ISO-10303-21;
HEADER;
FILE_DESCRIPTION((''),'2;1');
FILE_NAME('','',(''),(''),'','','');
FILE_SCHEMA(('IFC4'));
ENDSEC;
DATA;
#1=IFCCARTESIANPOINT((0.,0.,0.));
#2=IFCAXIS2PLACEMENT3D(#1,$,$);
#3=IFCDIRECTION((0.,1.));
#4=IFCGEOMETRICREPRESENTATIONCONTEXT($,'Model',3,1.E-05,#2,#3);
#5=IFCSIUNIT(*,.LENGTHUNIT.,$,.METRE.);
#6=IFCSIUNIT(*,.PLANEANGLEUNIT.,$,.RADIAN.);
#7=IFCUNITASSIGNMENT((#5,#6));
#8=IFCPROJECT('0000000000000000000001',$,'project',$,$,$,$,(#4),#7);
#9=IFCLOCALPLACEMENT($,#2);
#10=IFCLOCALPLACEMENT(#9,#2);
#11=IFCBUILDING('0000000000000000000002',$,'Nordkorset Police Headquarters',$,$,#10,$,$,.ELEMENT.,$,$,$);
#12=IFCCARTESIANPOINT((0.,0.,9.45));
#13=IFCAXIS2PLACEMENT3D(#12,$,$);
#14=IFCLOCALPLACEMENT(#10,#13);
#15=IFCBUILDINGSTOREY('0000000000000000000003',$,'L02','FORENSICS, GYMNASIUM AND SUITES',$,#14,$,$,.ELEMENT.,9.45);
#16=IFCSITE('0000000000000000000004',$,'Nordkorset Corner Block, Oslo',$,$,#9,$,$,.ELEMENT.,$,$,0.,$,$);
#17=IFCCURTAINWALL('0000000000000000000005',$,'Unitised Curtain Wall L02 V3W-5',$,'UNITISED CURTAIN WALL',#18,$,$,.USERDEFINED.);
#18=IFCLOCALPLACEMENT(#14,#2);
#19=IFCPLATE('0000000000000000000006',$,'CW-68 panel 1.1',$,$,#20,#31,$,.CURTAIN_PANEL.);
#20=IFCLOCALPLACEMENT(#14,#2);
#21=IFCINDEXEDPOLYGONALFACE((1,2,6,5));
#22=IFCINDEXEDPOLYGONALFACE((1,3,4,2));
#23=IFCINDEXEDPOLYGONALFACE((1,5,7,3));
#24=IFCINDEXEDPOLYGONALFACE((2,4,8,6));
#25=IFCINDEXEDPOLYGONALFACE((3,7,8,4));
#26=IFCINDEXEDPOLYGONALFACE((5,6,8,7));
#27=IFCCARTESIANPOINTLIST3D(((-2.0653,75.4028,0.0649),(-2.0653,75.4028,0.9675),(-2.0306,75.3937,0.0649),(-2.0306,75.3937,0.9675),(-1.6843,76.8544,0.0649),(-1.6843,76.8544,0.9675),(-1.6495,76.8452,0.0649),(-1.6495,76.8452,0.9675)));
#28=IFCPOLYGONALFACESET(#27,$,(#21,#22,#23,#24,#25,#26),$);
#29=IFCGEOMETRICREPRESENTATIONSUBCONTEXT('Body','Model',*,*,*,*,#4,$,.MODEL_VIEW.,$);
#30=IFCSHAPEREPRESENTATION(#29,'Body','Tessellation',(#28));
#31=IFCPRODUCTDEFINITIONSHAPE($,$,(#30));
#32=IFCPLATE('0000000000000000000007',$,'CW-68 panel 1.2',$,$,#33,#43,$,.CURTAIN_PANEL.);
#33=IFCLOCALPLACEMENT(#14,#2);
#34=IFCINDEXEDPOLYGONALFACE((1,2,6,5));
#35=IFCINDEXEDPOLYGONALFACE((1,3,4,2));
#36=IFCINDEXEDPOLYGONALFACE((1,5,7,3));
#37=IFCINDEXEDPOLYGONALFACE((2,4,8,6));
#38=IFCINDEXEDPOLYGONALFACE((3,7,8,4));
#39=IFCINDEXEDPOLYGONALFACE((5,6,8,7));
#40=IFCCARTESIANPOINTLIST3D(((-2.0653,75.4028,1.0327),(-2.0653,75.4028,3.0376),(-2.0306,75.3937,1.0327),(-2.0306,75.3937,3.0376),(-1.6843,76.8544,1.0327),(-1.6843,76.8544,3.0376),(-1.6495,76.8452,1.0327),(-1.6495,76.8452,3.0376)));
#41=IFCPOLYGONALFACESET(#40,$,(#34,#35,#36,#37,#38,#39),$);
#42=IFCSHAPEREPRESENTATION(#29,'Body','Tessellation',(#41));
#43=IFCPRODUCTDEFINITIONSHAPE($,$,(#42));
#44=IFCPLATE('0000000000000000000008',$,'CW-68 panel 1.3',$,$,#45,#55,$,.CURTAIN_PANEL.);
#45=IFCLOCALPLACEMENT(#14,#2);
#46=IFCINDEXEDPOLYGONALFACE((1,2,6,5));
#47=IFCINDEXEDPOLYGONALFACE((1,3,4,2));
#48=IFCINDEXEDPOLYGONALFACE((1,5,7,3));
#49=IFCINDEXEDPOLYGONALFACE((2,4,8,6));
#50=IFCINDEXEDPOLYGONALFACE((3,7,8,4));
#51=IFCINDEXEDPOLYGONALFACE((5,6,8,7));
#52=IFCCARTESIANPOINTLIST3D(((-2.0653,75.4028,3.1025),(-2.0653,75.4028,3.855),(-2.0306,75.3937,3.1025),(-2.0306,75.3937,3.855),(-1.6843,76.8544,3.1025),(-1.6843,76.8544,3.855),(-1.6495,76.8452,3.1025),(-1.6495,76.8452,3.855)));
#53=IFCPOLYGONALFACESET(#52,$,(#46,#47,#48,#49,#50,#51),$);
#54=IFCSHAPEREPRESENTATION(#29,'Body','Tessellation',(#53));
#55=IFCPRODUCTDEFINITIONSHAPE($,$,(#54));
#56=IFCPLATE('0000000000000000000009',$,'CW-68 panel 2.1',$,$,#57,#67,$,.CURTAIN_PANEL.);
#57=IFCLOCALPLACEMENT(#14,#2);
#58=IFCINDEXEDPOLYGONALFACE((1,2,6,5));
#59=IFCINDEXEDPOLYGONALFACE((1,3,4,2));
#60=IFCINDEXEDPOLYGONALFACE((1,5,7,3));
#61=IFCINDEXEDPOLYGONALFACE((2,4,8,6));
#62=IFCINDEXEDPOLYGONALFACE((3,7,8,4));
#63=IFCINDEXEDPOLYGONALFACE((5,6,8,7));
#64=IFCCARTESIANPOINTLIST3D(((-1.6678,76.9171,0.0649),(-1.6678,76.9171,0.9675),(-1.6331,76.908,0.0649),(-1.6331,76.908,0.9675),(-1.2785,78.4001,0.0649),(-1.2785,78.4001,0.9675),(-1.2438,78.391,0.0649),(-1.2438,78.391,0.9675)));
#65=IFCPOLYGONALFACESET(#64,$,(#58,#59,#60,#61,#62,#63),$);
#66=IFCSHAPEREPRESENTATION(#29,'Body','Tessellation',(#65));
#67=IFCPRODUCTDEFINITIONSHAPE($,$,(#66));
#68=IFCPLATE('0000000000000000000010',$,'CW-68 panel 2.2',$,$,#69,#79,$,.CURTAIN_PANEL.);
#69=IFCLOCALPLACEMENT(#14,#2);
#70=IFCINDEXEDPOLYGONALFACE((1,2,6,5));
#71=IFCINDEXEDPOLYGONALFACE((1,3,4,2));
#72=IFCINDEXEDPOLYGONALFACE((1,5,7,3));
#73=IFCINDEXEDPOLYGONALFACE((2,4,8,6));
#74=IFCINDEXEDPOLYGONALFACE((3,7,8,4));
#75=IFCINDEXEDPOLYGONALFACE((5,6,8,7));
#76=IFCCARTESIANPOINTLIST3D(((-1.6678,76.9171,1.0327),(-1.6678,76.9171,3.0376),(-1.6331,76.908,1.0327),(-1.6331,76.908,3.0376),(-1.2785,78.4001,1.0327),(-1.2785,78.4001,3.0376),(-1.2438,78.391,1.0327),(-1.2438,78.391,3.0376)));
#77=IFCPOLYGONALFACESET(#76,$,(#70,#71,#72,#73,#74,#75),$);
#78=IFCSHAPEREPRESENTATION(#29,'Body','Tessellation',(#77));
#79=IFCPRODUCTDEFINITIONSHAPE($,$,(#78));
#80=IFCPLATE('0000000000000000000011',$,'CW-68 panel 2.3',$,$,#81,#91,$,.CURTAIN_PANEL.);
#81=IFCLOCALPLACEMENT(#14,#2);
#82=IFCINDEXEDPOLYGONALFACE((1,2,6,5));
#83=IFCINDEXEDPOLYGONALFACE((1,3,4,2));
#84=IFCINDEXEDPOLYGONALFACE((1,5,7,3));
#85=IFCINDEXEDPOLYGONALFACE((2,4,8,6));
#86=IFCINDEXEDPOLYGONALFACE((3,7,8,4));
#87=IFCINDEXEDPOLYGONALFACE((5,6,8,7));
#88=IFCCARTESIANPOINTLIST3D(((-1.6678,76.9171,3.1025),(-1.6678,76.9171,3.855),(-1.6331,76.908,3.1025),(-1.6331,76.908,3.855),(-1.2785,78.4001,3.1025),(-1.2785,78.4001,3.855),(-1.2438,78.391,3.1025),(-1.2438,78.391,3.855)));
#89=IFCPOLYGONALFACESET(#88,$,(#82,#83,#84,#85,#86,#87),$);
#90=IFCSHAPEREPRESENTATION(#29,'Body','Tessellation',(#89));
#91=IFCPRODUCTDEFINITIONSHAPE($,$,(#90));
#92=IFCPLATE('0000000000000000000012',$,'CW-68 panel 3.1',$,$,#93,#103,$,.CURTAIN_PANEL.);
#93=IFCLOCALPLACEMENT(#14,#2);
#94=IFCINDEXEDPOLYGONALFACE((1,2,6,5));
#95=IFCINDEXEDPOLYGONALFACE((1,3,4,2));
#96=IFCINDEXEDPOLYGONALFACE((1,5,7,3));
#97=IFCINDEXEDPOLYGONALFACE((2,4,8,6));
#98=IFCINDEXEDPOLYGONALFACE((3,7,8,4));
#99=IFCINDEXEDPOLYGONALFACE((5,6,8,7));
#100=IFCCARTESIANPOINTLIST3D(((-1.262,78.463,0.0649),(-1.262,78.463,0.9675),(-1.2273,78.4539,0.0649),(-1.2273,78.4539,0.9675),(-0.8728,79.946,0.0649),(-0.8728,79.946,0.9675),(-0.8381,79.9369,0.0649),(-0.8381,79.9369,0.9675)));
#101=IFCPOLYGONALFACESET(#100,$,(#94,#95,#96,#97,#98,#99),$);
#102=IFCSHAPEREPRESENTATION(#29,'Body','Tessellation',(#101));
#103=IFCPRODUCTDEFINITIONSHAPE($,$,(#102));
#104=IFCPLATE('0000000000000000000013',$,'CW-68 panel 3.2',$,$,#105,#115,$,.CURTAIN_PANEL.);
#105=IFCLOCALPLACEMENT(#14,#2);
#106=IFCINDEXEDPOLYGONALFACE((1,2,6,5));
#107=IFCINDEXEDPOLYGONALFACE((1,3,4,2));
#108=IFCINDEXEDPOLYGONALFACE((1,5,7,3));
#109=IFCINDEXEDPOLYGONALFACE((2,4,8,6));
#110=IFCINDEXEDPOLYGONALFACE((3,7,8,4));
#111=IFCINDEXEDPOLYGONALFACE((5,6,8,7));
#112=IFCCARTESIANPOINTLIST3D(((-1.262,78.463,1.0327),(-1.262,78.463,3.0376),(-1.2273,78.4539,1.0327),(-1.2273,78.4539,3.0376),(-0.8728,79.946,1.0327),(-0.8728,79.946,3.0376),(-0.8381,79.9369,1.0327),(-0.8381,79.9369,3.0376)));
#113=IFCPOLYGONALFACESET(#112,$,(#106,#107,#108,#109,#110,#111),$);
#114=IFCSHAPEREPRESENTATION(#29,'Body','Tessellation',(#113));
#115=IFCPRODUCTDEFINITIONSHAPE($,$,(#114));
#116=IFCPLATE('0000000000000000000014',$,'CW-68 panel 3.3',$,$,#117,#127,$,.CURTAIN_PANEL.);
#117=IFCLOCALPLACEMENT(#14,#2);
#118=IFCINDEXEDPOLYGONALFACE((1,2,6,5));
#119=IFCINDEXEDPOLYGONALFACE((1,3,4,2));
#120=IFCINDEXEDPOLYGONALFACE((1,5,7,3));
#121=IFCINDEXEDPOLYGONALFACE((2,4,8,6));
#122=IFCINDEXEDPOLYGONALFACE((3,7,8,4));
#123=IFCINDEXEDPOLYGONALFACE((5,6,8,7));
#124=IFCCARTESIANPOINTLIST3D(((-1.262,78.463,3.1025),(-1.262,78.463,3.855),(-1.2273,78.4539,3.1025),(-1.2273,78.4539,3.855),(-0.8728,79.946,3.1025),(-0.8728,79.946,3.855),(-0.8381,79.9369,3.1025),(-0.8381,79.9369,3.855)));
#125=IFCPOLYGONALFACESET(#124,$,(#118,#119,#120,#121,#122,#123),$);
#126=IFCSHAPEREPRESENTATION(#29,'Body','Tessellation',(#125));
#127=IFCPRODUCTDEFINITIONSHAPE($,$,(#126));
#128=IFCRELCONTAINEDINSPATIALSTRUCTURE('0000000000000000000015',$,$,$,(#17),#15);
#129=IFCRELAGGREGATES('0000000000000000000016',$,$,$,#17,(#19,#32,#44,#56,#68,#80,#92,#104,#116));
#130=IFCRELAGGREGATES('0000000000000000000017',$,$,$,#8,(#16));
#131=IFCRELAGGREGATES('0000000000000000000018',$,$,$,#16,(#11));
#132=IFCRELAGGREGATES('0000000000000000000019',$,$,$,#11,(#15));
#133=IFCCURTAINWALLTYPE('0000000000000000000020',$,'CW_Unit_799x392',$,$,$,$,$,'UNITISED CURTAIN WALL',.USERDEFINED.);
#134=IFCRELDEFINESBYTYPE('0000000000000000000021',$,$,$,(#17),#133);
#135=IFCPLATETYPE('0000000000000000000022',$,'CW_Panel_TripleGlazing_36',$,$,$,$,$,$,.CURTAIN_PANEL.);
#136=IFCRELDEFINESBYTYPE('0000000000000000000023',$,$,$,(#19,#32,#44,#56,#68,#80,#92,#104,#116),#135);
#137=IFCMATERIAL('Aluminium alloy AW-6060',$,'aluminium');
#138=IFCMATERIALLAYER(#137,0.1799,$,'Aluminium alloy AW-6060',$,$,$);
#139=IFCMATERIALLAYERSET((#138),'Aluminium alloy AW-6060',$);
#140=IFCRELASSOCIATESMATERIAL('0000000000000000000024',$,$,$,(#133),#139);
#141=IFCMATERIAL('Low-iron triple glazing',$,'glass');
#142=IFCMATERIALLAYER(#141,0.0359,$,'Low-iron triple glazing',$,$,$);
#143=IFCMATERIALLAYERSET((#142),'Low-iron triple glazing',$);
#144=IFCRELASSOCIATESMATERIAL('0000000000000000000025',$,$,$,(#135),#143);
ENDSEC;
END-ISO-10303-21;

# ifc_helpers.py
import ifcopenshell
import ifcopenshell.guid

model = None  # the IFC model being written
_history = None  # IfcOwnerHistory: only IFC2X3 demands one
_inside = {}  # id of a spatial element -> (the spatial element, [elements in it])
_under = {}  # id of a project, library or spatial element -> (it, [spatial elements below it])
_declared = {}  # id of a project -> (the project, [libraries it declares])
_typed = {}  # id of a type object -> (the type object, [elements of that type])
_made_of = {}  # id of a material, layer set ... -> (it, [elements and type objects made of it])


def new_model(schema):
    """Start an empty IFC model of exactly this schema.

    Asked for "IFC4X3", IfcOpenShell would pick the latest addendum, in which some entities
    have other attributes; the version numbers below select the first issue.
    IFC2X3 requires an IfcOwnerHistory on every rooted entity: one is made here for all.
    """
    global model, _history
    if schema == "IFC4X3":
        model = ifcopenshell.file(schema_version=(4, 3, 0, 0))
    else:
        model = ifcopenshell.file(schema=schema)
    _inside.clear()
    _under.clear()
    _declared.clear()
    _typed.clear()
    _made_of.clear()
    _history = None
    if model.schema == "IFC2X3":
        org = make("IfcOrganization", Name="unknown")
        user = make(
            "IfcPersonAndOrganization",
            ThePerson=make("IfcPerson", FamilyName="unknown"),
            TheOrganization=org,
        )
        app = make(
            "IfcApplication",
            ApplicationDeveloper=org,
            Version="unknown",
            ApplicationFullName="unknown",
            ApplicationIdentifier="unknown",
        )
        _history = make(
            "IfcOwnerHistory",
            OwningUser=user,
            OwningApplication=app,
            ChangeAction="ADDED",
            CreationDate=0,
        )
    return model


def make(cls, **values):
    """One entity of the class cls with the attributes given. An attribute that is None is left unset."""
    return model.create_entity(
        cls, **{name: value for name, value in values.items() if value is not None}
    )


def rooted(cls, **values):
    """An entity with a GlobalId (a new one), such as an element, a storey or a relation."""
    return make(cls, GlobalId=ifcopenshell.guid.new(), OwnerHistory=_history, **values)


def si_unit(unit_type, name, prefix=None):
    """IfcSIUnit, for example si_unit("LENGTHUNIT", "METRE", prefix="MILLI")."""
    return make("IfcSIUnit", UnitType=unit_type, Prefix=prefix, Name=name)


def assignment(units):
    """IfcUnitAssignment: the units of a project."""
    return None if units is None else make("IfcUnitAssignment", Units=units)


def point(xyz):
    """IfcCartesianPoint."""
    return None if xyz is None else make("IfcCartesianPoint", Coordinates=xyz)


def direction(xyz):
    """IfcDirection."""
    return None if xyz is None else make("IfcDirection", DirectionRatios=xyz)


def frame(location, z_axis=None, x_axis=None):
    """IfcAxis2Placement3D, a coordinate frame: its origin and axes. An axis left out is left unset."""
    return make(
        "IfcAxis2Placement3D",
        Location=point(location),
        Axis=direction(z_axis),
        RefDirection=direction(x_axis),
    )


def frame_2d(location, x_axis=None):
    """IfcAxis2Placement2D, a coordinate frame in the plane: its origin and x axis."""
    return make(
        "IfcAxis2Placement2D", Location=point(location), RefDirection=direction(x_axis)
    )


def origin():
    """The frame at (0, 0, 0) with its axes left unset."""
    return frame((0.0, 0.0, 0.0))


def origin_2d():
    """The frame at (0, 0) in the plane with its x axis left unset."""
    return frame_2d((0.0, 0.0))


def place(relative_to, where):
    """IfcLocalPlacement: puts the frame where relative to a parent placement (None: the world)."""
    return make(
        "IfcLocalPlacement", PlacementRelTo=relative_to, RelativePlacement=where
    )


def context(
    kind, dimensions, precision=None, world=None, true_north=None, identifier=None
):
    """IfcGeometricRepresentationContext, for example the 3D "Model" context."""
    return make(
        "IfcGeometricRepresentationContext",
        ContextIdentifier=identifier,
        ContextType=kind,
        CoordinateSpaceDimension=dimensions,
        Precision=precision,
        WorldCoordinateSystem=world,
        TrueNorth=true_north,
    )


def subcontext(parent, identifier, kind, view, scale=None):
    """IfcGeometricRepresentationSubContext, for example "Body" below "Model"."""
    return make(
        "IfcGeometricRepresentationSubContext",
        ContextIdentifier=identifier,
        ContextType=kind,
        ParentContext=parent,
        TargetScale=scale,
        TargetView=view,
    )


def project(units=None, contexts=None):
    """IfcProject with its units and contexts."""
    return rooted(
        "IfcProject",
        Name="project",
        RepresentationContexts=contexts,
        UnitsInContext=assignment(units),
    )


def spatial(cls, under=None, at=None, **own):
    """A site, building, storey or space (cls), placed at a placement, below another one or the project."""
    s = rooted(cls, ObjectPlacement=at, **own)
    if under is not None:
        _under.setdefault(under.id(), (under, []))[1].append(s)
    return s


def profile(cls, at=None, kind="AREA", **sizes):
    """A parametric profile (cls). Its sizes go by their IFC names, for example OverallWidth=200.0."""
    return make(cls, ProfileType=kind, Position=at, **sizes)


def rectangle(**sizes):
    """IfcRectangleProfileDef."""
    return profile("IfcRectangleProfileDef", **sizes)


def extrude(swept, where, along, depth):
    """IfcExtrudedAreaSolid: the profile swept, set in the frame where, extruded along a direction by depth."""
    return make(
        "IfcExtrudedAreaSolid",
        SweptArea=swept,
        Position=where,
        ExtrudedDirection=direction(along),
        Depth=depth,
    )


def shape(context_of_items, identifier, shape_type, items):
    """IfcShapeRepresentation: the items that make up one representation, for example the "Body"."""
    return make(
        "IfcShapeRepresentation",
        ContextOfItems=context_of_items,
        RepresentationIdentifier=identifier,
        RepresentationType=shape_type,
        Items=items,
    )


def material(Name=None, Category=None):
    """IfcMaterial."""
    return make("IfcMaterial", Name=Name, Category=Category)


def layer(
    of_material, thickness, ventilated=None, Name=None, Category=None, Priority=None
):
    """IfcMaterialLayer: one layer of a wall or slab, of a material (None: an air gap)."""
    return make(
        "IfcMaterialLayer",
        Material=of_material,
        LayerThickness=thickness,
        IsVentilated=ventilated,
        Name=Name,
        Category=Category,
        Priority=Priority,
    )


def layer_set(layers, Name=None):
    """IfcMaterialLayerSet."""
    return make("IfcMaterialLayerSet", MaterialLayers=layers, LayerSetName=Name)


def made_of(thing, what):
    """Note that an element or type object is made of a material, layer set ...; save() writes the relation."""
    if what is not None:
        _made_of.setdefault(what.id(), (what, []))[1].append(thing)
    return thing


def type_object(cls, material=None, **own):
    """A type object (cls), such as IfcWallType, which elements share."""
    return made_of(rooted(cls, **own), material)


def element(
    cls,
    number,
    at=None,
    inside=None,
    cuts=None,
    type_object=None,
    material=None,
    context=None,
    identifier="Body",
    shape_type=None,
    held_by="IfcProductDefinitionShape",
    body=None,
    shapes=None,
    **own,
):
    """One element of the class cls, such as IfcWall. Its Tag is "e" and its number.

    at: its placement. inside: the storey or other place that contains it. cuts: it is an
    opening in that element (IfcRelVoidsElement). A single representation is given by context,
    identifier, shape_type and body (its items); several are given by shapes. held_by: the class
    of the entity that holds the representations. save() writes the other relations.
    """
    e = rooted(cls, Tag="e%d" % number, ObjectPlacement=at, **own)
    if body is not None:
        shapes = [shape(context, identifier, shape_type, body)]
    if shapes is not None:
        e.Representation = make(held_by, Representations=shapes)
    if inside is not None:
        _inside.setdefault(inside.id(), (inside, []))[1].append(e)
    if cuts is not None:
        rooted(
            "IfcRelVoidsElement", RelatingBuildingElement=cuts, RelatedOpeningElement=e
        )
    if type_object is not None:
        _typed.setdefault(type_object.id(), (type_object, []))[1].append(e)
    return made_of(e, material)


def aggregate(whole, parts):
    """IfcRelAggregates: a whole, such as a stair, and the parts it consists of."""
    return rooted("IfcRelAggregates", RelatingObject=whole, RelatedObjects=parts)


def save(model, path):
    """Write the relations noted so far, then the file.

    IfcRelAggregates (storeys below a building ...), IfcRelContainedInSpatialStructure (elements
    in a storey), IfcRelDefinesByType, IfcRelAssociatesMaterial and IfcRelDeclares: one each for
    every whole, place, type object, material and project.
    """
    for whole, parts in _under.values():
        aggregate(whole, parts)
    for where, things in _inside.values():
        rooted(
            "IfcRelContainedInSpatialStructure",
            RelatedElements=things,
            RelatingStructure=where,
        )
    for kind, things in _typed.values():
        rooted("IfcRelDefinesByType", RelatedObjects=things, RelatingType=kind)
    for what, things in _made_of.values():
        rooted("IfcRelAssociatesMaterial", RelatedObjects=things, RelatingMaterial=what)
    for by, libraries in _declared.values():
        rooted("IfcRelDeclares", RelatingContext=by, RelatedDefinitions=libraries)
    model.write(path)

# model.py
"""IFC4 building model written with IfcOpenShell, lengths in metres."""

from ifc_helpers import new_model, si_unit, direction, frame, origin, origin_2d, place, context, subcontext, project, spatial, rectangle, extrude, material, layer, layer_set, type_object, element, aggregate, save


model = new_model("IFC4")

# Units and contexts
model_context = context("Model", 3, precision=1e-05, world=origin(), true_north=direction((0.0, 1.0)))
body_context = subcontext(model_context, "Body", "Model", "MODEL_VIEW")
ifc_project = project(units=[si_unit("LENGTHUNIT", "METRE"), si_unit("PLANEANGLEUNIT", "RADIAN")], contexts=[model_context])

# Site, building, storey
site_placement = place(None, origin())
site = spatial("IfcSite", under=ifc_project, at=site_placement, Name="Nordkorset Corner Block, Oslo", CompositionType="ELEMENT", RefElevation=0.0)
building_placement = place(site_placement, origin())
building = spatial("IfcBuilding", under=site, at=building_placement, Name="Nordkorset Police Headquarters", CompositionType="ELEMENT")
storey_placement = place(building_placement, frame((0.0, 0.0, 9.45)))
storey = spatial("IfcBuildingStorey", under=building, at=storey_placement, Name="L02", Description="FORENSICS, GYMNASIUM AND SUITES", CompositionType="ELEMENT", Elevation=9.45)

# Curtain wall, plates
ifc_material_1 = material(Name="Aluminium alloy AW-6060", Category="aluminium")
ifc_layer_1 = layer(ifc_material_1, 0.1799, Name="Aluminium alloy AW-6060")
ifc_layer_set_1 = layer_set([ifc_layer_1], Name="Aluminium alloy AW-6060")
curtain_wall_type = type_object("IfcCurtainWallType", Name="CW_Unit_799x392", ElementType="UNITISED CURTAIN WALL", PredefinedType="USERDEFINED", material=ifc_layer_set_1)
curtain_wall_placement = place(storey_placement, origin())
curtain_wall = element("IfcCurtainWall", 1, at=curtain_wall_placement, inside=storey, type_object=curtain_wall_type, Name="Unitised Curtain Wall L02 V3W-5", ObjectType="UNITISED CURTAIN WALL", PredefinedType="USERDEFINED")
ifc_material_2 = material(Name="Low-iron triple glazing", Category="glass")
ifc_layer_2 = layer(ifc_material_2, 0.0359, Name="Low-iron triple glazing")
ifc_layer_set_2 = layer_set([ifc_layer_2], Name="Low-iron triple glazing")
plate_type = type_object("IfcPlateType", Name="CW_Panel_TripleGlazing_36", PredefinedType="CURTAIN_PANEL", material=ifc_layer_set_2)
plate_1_placement = place(storey_placement, frame((-1.8574, 76.124, 0.0649), z_axis=(0.0, 0.0, 1.0), x_axis=(0.253897, 0.967231, 0.0)))
plate_1 = element("IfcPlate", 2, at=plate_1_placement, type_object=plate_type, Name="CW-68 panel 1.1", PredefinedType="CURTAIN_PANEL", context=body_context, shape_type="SweptSolid", body=[
    extrude(rectangle(XDim=1.5007, YDim=0.0359, at=origin_2d()), origin(), (0.0, 0.0, 1.0), 0.9026),
])
plate_2_placement = place(storey_placement, frame((-1.8574, 76.124, 1.0327), z_axis=(0.0, 0.0, 1.0), x_axis=(0.253897, 0.967231, 0.0)))
plate_2 = element("IfcPlate", 3, at=plate_2_placement, type_object=plate_type, Name="CW-68 panel 1.2", PredefinedType="CURTAIN_PANEL", context=body_context, shape_type="SweptSolid", body=[
    extrude(rectangle(XDim=1.5007, YDim=0.0359, at=origin_2d()), origin(), (0.0, 0.0, 1.0), 2.0049),
])
plate_3_placement = place(storey_placement, frame((-1.8574, 76.124, 3.1025), z_axis=(0.0, 0.0, 1.0), x_axis=(0.253897, 0.967231, 0.0)))
plate_3 = element("IfcPlate", 4, at=plate_3_placement, type_object=plate_type, Name="CW-68 panel 1.3", PredefinedType="CURTAIN_PANEL", context=body_context, shape_type="SweptSolid", body=[
    extrude(rectangle(XDim=1.5007, YDim=0.0359, at=origin_2d()), origin(), (0.0, 0.0, 1.0), 0.7524),
])
plate_4_placement = place(storey_placement, frame((-1.4558, 77.6541, 0.0649), z_axis=(0.0, 0.0, 1.0), x_axis=(0.253897, 0.967231, 0.0)))
plate_4 = element("IfcPlate", 5, at=plate_4_placement, type_object=plate_type, Name="CW-68 panel 2.1", PredefinedType="CURTAIN_PANEL", context=body_context, shape_type="SweptSolid", body=[
    extrude(rectangle(XDim=1.5332, YDim=0.0359, at=origin_2d()), origin(), (0.0, 0.0, 1.0), 0.9026),
])
plate_5_placement = place(storey_placement, frame((-1.4558, 77.6541, 1.0327), z_axis=(0.0, 0.0, 1.0), x_axis=(0.253897, 0.967231, 0.0)))
plate_5 = element("IfcPlate", 6, at=plate_5_placement, type_object=plate_type, Name="CW-68 panel 2.2", PredefinedType="CURTAIN_PANEL", context=body_context, shape_type="SweptSolid", body=[
    extrude(rectangle(XDim=1.5332, YDim=0.0359, at=origin_2d()), origin(), (0.0, 0.0, 1.0), 2.0049),
])
plate_6_placement = place(storey_placement, frame((-1.4558, 77.6541, 3.1025), z_axis=(0.0, 0.0, 1.0), x_axis=(0.253897, 0.967231, 0.0)))
plate_6 = element("IfcPlate", 7, at=plate_6_placement, type_object=plate_type, Name="CW-68 panel 2.3", PredefinedType="CURTAIN_PANEL", context=body_context, shape_type="SweptSolid", body=[
    extrude(rectangle(XDim=1.5332, YDim=0.0359, at=origin_2d()), origin(), (0.0, 0.0, 1.0), 0.7524),
])
plate_7_placement = place(storey_placement, frame((-1.05, 79.2, 0.0649), z_axis=(0.0, 0.0, 1.0), x_axis=(0.253897, 0.967231, 0.0)))
plate_7 = element("IfcPlate", 8, at=plate_7_placement, type_object=plate_type, Name="CW-68 panel 3.1", PredefinedType="CURTAIN_PANEL", context=body_context, shape_type="SweptSolid", body=[
    extrude(rectangle(XDim=1.5332, YDim=0.0359, at=origin_2d()), origin(), (0.0, 0.0, 1.0), 0.9026),
])
plate_8_placement = place(storey_placement, frame((-1.05, 79.2, 1.0327), z_axis=(0.0, 0.0, 1.0), x_axis=(0.253897, 0.967231, 0.0)))
plate_8 = element("IfcPlate", 9, at=plate_8_placement, type_object=plate_type, Name="CW-68 panel 3.2", PredefinedType="CURTAIN_PANEL", context=body_context, shape_type="SweptSolid", body=[
    extrude(rectangle(XDim=1.5332, YDim=0.0359, at=origin_2d()), origin(), (0.0, 0.0, 1.0), 2.0049),
])
plate_9_placement = place(storey_placement, frame((-1.05, 79.2, 3.1025), z_axis=(0.0, 0.0, 1.0), x_axis=(0.253897, 0.967231, 0.0)))
plate_9 = element("IfcPlate", 10, at=plate_9_placement, type_object=plate_type, Name="CW-68 panel 3.3", PredefinedType="CURTAIN_PANEL", context=body_context, shape_type="SweptSolid", body=[
    extrude(rectangle(XDim=1.5332, YDim=0.0359, at=origin_2d()), origin(), (0.0, 0.0, 1.0), 0.7524),
])
aggregate(curtain_wall, [plate_1, plate_2, plate_3, plate_4, plate_5, plate_6, plate_7, plate_8, plate_9])

save(model, "model.ifc")
